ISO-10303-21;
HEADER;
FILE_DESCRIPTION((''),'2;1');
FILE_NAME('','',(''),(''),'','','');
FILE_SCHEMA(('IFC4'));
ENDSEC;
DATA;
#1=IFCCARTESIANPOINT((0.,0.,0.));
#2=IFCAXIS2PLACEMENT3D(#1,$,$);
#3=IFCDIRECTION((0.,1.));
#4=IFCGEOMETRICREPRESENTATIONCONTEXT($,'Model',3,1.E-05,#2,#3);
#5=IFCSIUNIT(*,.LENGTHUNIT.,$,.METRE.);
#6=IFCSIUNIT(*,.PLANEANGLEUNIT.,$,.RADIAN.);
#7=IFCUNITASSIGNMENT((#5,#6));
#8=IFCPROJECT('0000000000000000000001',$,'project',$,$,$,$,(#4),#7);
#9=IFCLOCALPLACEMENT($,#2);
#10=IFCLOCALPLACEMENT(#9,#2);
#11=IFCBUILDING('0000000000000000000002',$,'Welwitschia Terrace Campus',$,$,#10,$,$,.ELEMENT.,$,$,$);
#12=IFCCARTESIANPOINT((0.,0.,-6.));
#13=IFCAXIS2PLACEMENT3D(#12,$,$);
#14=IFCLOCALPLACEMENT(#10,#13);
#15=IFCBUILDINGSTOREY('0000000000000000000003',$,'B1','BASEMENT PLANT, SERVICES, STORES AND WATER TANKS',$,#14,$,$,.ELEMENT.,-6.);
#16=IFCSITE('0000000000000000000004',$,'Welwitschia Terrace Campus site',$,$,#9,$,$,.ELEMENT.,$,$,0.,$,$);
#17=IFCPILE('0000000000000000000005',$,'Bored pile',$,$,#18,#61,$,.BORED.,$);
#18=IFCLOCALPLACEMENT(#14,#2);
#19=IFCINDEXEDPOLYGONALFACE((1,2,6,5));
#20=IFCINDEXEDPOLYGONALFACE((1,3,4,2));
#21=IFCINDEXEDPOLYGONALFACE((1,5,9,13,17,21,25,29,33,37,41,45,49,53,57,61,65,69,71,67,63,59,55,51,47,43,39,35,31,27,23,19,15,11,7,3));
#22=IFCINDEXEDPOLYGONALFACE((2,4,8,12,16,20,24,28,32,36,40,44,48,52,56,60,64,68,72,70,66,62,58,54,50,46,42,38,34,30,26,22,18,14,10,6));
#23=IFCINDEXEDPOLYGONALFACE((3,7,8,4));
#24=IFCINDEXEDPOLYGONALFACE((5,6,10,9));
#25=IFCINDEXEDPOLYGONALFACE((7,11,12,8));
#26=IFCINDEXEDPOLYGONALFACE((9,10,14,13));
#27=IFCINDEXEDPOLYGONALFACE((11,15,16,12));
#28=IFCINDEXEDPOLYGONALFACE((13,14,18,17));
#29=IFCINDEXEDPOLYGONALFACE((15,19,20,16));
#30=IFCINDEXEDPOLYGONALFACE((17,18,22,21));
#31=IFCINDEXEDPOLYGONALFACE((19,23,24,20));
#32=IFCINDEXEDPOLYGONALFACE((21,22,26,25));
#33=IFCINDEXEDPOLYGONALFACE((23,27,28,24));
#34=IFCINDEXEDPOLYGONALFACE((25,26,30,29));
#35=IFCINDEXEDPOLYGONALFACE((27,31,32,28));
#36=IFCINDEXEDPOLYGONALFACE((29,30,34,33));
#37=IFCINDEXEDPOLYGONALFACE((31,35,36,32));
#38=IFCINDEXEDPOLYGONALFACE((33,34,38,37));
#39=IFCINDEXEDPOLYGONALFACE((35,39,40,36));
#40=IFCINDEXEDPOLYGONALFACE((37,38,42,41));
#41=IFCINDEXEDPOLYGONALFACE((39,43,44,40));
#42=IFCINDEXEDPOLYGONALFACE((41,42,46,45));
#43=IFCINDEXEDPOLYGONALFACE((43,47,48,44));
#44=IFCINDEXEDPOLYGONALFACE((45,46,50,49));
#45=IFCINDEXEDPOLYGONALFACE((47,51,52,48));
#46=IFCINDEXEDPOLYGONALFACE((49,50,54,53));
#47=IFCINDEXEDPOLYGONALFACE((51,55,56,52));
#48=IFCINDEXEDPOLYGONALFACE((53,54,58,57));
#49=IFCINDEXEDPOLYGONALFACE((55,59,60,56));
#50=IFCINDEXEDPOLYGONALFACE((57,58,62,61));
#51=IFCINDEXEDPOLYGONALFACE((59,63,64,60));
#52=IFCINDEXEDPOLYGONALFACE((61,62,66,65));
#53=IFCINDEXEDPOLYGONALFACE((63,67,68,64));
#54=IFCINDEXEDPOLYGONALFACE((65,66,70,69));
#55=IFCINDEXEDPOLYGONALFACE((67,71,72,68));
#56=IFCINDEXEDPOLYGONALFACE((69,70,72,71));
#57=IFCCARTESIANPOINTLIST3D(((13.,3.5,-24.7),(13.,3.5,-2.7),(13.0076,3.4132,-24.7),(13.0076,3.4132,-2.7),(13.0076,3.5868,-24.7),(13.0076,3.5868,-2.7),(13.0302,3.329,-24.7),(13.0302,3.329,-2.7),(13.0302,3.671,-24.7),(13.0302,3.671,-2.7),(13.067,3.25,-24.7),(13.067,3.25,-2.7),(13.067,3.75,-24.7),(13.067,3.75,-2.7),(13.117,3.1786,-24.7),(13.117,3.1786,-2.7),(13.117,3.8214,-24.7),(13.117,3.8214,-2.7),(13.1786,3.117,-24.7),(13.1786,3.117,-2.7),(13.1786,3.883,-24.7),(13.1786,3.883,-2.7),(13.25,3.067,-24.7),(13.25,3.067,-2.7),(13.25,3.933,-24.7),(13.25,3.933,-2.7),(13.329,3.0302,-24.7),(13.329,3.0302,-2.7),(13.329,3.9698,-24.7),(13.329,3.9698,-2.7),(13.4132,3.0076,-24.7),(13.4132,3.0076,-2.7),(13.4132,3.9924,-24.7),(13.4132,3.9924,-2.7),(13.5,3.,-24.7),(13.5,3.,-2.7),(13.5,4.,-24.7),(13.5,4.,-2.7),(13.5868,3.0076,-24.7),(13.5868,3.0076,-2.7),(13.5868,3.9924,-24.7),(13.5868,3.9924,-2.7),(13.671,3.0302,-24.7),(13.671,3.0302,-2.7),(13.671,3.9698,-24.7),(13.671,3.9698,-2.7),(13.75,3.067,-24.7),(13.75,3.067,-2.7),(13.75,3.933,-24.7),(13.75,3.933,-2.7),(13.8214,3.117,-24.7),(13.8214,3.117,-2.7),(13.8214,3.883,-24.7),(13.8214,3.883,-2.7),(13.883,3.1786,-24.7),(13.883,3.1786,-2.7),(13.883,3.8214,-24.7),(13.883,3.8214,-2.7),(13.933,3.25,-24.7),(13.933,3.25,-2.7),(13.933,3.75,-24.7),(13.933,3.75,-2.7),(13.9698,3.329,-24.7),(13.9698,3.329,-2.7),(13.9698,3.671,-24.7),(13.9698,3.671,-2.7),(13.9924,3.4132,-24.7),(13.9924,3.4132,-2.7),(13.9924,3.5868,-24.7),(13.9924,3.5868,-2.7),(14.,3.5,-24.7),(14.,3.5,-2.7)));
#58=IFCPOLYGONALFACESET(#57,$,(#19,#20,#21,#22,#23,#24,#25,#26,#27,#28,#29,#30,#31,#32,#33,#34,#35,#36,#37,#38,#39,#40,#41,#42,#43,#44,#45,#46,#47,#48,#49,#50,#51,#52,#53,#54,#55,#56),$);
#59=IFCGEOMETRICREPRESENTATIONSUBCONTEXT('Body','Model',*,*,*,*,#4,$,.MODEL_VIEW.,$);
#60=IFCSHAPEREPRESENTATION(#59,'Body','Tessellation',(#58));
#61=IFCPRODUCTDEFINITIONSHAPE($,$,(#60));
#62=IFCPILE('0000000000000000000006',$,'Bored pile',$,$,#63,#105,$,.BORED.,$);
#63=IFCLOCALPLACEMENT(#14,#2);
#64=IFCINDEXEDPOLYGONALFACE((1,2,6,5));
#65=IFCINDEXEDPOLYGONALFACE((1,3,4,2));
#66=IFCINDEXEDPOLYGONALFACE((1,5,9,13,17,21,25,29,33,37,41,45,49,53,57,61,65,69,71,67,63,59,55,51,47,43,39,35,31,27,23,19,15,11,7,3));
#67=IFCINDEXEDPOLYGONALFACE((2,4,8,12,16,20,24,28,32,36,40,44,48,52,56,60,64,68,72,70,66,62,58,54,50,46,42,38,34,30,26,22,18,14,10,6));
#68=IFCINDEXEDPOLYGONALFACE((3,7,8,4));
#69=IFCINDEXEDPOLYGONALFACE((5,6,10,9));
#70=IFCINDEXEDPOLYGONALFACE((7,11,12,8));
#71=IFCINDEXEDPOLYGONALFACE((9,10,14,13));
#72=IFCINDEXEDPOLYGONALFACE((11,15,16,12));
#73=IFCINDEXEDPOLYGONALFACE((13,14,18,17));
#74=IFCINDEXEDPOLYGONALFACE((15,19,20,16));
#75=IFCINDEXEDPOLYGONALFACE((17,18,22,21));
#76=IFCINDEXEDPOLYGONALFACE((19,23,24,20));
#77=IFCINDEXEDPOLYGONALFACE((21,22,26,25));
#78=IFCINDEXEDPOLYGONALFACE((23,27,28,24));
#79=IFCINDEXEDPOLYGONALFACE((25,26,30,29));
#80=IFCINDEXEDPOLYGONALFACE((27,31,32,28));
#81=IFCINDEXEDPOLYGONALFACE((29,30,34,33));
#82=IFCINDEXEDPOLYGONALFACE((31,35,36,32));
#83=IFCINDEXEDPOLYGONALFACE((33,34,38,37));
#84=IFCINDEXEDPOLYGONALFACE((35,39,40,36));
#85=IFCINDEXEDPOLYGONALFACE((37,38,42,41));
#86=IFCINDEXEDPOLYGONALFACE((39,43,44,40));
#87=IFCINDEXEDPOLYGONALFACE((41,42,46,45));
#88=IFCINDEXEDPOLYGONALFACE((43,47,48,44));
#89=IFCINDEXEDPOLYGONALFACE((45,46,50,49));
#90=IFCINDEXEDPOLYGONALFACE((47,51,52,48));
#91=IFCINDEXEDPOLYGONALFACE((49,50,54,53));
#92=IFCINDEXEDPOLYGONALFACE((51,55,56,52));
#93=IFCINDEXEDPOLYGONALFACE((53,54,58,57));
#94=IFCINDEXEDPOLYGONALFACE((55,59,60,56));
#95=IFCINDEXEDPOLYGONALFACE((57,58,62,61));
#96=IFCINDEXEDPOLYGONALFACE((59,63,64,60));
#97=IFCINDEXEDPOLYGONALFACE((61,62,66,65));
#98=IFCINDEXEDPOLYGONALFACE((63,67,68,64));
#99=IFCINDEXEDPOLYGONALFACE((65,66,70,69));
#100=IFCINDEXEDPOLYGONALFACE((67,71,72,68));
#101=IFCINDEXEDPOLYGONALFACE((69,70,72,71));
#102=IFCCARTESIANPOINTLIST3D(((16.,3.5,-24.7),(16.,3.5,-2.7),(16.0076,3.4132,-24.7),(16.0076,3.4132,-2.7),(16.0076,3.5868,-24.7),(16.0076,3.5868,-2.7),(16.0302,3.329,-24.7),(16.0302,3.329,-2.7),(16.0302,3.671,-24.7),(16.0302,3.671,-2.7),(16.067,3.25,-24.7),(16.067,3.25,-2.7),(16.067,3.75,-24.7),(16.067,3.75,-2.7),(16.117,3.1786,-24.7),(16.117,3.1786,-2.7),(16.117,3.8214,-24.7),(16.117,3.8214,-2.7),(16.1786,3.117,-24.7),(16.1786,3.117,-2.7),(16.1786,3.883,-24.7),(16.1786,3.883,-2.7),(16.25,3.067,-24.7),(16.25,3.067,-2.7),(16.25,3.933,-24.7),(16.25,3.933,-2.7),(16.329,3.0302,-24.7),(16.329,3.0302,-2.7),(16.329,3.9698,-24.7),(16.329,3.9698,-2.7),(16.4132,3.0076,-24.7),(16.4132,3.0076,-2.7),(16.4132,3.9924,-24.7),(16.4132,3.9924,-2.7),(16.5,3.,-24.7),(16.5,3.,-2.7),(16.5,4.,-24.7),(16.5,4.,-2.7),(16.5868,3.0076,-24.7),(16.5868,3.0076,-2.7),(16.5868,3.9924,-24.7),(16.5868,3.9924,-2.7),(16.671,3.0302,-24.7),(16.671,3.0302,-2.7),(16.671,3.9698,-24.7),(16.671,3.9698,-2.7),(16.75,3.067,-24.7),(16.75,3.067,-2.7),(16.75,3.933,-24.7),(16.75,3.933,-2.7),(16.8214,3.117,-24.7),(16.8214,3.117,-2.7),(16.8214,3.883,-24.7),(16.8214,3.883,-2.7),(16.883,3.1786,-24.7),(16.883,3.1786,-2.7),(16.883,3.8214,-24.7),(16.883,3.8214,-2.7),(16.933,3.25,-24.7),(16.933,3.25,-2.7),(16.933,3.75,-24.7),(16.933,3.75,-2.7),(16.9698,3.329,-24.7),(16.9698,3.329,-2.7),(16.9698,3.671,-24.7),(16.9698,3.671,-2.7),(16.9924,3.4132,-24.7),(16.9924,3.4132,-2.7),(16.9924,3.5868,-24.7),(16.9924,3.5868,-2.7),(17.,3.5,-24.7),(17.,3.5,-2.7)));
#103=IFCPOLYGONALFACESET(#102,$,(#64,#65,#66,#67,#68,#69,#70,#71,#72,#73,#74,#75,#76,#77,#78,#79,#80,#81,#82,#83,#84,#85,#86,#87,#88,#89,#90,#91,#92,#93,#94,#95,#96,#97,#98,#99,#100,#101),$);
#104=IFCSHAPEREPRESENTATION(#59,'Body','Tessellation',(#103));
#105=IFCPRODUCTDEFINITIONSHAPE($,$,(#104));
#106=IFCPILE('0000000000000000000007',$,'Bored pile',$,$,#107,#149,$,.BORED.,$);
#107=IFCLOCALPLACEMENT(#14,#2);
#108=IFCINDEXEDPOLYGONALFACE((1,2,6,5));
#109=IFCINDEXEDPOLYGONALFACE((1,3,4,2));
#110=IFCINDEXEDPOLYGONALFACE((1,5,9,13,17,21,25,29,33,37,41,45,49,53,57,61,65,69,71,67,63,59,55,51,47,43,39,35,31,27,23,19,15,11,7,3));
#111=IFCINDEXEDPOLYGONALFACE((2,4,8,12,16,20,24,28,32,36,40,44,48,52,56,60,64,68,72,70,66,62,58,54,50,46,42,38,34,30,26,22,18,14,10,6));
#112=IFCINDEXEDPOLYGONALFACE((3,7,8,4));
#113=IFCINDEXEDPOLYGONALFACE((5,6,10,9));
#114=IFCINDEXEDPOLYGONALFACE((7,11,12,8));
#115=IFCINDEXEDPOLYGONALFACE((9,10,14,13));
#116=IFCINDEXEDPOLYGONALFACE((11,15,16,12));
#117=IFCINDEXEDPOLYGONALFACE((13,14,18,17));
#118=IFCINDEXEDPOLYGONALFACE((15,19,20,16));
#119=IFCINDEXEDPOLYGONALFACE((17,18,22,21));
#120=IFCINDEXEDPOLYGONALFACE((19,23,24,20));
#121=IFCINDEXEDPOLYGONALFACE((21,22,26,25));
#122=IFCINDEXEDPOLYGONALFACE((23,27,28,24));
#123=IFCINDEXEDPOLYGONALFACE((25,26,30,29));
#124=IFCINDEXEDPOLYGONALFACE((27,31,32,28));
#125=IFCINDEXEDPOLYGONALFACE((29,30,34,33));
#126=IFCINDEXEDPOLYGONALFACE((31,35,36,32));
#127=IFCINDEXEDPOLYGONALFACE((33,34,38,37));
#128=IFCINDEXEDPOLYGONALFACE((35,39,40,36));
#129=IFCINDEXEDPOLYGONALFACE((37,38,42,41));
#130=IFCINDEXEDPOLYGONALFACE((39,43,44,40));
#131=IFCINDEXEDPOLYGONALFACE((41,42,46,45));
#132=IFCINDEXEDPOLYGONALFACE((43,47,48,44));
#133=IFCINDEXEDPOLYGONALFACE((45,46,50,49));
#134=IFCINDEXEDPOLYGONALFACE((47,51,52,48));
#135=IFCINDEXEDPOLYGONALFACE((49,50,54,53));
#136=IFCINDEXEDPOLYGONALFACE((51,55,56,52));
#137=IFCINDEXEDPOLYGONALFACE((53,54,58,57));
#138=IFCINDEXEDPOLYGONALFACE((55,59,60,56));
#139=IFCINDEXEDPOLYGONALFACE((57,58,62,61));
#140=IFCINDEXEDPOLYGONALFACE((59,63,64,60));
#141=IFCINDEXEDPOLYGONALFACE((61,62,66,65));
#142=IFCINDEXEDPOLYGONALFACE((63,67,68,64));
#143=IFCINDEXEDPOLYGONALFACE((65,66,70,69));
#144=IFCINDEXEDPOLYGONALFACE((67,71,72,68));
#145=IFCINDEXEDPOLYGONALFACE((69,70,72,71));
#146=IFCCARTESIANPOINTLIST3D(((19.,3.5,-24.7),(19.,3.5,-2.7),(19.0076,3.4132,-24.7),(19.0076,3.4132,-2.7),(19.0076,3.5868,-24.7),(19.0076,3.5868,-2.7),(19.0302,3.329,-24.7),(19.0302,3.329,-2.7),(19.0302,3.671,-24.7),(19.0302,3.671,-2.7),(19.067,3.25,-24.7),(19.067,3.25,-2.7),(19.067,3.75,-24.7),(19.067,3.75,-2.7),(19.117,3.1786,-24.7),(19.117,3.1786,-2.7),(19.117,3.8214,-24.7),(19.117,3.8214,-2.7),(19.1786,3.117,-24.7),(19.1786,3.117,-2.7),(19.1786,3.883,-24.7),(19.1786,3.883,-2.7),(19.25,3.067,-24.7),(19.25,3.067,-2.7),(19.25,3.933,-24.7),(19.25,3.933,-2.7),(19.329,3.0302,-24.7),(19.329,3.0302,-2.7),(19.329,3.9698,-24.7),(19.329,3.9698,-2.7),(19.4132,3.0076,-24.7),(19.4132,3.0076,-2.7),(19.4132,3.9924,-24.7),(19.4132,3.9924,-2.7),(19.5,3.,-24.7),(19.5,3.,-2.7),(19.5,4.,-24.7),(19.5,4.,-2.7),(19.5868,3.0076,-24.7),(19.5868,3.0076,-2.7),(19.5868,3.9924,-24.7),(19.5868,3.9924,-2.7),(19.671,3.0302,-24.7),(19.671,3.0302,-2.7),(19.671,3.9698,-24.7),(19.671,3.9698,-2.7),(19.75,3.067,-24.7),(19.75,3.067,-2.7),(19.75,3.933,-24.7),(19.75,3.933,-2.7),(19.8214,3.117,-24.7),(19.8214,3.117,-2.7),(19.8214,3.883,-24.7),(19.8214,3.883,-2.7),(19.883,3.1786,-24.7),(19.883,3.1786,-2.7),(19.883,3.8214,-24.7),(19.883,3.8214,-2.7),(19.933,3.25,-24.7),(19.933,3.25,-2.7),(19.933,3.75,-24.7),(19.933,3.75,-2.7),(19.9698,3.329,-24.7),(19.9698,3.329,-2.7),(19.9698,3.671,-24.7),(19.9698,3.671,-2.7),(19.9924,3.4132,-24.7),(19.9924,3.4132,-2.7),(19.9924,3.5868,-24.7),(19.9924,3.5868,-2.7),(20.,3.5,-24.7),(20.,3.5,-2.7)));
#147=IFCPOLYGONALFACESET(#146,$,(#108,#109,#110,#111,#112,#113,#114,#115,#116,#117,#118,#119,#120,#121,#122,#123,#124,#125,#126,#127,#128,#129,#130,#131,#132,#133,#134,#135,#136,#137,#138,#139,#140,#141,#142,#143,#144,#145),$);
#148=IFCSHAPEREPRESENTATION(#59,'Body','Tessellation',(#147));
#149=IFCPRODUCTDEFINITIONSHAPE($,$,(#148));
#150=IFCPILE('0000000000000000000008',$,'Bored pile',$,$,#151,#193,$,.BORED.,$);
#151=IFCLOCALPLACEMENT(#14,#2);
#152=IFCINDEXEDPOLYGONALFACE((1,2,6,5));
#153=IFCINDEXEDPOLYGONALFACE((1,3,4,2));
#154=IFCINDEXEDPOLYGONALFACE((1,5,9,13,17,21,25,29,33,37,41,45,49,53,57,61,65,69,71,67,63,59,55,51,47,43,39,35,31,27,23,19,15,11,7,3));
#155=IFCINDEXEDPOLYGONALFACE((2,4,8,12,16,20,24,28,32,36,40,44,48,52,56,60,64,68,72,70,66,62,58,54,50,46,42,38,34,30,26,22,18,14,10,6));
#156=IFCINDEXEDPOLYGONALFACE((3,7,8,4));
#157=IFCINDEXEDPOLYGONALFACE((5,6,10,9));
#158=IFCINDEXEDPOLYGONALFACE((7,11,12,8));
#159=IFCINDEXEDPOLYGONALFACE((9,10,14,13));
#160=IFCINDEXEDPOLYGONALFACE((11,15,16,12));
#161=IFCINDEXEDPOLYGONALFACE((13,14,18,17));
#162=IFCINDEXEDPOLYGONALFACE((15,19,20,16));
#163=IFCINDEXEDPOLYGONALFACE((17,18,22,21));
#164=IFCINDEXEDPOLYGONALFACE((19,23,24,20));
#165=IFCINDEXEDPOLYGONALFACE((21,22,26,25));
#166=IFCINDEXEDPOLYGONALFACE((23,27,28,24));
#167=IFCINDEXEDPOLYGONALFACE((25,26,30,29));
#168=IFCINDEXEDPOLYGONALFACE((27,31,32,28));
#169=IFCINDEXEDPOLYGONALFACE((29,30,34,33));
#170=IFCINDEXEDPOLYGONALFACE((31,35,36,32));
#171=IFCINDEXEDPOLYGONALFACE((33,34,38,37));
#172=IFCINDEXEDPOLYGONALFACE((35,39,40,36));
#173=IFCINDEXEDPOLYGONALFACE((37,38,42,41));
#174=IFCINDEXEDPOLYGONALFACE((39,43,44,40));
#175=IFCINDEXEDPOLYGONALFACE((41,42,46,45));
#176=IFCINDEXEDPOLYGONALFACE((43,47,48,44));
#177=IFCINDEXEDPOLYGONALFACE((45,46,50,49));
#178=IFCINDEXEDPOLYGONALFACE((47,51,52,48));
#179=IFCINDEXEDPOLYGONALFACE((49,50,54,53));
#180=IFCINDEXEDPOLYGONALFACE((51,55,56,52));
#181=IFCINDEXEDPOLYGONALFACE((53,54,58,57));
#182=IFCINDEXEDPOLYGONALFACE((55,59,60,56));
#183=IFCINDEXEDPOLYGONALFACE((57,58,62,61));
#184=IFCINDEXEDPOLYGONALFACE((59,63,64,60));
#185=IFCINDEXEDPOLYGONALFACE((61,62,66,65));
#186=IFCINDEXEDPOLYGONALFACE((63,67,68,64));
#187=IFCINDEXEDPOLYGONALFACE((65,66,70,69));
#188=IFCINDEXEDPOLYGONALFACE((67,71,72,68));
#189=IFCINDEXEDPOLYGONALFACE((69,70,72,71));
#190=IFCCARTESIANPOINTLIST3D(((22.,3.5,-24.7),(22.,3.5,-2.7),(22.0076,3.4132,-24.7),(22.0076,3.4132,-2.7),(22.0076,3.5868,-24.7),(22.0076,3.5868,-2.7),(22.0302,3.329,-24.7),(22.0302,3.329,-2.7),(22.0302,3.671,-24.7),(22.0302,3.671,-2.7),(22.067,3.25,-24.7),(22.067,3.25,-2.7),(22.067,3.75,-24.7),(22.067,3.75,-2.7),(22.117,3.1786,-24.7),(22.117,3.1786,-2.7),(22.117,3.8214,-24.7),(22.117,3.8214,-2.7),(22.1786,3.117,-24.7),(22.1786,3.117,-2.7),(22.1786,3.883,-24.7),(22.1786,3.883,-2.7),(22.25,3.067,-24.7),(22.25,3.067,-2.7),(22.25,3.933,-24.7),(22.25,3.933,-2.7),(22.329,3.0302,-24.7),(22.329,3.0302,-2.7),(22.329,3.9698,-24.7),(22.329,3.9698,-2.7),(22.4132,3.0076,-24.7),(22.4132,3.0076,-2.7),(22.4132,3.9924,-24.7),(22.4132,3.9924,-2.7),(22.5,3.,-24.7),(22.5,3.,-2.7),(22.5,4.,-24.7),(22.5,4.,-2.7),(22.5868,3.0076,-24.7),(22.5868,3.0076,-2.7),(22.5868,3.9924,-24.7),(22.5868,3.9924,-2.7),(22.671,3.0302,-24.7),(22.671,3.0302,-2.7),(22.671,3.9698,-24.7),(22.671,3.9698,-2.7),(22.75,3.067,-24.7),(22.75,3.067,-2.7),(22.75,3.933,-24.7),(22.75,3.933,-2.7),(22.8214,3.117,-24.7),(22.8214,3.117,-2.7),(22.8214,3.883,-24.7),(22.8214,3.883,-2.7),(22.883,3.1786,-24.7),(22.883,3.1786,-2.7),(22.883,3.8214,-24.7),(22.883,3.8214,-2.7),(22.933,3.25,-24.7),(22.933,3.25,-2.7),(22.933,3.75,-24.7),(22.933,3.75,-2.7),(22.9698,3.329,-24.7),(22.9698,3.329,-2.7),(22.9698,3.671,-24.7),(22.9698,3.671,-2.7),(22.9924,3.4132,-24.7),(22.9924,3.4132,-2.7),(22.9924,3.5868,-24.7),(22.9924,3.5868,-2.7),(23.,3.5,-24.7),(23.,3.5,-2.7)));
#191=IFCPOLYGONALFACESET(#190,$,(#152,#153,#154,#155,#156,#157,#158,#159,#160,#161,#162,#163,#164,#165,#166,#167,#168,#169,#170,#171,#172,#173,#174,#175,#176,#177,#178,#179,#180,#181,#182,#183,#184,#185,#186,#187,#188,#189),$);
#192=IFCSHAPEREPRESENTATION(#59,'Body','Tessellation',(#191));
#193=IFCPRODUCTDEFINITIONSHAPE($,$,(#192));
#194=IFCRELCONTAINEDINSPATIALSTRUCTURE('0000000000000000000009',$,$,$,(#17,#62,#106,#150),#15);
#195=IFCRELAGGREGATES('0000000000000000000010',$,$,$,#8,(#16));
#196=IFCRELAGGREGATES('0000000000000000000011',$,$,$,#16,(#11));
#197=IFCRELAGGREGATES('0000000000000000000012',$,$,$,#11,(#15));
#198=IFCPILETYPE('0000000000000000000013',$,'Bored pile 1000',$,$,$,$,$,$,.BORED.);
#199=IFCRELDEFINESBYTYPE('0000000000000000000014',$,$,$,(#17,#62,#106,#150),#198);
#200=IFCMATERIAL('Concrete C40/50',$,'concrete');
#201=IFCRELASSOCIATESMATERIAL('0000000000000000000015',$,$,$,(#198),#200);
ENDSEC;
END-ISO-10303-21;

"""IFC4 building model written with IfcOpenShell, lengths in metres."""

from ifc_helpers import new_model, si_unit, direction, frame, origin, origin_2d, place, context, subcontext, project, spatial, circle, extrude, material, type_object, element, save


model = new_model("IFC4")

# Units and contexts
model_context = context("Model", 3, precision=1e-05, world=origin(), true_north=direction((0.0, 1.0)))
body_context = subcontext(model_context, "Body", "Model", "MODEL_VIEW")
ifc_project = project(units=[si_unit("LENGTHUNIT", "METRE"), si_unit("PLANEANGLEUNIT", "RADIAN")], contexts=[model_context])

# Site, building, storey
site_placement = place(None, origin())
site = spatial("IfcSite", under=ifc_project, at=site_placement, Name="Welwitschia Terrace Campus site", CompositionType="ELEMENT", RefElevation=0.0)
building_placement = place(site_placement, origin())
building = spatial("IfcBuilding", under=site, at=building_placement, Name="Welwitschia Terrace Campus", CompositionType="ELEMENT")
storey_placement = place(building_placement, frame((0.0, 0.0, -6.0)))
storey = spatial("IfcBuildingStorey", under=building, at=storey_placement, Name="B1", Description="BASEMENT PLANT, SERVICES, STORES AND WATER TANKS", CompositionType="ELEMENT", Elevation=-6.0)

# Piles
ifc_material_1 = material(Name="Concrete C40/50", Category="concrete")
pile_type_1 = type_object("IfcPileType", Name="Bored pile 1000", PredefinedType="BORED", material=ifc_material_1)
for number, where, z_axis, x_axis, name in (
    (1, (13.5, 3.5, -2.7), (0.0, 0.0, -1.0), (1.0, 0.0, 0.0), "Bored pile"),
    (2, (16.5, 3.5, -2.7), (0.0, 0.0, -1.0), (1.0, 0.0, 0.0), "Bored pile"),
    (3, (19.5, 3.5, -2.7), (0.0, 0.0, -1.0), (1.0, 0.0, 0.0), "Bored pile"),
    (4, (22.5, 3.5, -2.7), (0.0, 0.0, -1.0), (1.0, 0.0, 0.0), "Bored pile"),
):
    element("IfcPile", number, at=place(storey_placement, frame(where, z_axis=z_axis, x_axis=x_axis)), inside=storey, type_object=pile_type_1, Name=name, PredefinedType="BORED", context=body_context, shape_type="SweptSolid", body=[
        extrude(circle(Radius=0.5, at=origin_2d()), origin(), (0.0, 0.0, 1.0), 22.0),
    ])

save(model, "model.ifc")
